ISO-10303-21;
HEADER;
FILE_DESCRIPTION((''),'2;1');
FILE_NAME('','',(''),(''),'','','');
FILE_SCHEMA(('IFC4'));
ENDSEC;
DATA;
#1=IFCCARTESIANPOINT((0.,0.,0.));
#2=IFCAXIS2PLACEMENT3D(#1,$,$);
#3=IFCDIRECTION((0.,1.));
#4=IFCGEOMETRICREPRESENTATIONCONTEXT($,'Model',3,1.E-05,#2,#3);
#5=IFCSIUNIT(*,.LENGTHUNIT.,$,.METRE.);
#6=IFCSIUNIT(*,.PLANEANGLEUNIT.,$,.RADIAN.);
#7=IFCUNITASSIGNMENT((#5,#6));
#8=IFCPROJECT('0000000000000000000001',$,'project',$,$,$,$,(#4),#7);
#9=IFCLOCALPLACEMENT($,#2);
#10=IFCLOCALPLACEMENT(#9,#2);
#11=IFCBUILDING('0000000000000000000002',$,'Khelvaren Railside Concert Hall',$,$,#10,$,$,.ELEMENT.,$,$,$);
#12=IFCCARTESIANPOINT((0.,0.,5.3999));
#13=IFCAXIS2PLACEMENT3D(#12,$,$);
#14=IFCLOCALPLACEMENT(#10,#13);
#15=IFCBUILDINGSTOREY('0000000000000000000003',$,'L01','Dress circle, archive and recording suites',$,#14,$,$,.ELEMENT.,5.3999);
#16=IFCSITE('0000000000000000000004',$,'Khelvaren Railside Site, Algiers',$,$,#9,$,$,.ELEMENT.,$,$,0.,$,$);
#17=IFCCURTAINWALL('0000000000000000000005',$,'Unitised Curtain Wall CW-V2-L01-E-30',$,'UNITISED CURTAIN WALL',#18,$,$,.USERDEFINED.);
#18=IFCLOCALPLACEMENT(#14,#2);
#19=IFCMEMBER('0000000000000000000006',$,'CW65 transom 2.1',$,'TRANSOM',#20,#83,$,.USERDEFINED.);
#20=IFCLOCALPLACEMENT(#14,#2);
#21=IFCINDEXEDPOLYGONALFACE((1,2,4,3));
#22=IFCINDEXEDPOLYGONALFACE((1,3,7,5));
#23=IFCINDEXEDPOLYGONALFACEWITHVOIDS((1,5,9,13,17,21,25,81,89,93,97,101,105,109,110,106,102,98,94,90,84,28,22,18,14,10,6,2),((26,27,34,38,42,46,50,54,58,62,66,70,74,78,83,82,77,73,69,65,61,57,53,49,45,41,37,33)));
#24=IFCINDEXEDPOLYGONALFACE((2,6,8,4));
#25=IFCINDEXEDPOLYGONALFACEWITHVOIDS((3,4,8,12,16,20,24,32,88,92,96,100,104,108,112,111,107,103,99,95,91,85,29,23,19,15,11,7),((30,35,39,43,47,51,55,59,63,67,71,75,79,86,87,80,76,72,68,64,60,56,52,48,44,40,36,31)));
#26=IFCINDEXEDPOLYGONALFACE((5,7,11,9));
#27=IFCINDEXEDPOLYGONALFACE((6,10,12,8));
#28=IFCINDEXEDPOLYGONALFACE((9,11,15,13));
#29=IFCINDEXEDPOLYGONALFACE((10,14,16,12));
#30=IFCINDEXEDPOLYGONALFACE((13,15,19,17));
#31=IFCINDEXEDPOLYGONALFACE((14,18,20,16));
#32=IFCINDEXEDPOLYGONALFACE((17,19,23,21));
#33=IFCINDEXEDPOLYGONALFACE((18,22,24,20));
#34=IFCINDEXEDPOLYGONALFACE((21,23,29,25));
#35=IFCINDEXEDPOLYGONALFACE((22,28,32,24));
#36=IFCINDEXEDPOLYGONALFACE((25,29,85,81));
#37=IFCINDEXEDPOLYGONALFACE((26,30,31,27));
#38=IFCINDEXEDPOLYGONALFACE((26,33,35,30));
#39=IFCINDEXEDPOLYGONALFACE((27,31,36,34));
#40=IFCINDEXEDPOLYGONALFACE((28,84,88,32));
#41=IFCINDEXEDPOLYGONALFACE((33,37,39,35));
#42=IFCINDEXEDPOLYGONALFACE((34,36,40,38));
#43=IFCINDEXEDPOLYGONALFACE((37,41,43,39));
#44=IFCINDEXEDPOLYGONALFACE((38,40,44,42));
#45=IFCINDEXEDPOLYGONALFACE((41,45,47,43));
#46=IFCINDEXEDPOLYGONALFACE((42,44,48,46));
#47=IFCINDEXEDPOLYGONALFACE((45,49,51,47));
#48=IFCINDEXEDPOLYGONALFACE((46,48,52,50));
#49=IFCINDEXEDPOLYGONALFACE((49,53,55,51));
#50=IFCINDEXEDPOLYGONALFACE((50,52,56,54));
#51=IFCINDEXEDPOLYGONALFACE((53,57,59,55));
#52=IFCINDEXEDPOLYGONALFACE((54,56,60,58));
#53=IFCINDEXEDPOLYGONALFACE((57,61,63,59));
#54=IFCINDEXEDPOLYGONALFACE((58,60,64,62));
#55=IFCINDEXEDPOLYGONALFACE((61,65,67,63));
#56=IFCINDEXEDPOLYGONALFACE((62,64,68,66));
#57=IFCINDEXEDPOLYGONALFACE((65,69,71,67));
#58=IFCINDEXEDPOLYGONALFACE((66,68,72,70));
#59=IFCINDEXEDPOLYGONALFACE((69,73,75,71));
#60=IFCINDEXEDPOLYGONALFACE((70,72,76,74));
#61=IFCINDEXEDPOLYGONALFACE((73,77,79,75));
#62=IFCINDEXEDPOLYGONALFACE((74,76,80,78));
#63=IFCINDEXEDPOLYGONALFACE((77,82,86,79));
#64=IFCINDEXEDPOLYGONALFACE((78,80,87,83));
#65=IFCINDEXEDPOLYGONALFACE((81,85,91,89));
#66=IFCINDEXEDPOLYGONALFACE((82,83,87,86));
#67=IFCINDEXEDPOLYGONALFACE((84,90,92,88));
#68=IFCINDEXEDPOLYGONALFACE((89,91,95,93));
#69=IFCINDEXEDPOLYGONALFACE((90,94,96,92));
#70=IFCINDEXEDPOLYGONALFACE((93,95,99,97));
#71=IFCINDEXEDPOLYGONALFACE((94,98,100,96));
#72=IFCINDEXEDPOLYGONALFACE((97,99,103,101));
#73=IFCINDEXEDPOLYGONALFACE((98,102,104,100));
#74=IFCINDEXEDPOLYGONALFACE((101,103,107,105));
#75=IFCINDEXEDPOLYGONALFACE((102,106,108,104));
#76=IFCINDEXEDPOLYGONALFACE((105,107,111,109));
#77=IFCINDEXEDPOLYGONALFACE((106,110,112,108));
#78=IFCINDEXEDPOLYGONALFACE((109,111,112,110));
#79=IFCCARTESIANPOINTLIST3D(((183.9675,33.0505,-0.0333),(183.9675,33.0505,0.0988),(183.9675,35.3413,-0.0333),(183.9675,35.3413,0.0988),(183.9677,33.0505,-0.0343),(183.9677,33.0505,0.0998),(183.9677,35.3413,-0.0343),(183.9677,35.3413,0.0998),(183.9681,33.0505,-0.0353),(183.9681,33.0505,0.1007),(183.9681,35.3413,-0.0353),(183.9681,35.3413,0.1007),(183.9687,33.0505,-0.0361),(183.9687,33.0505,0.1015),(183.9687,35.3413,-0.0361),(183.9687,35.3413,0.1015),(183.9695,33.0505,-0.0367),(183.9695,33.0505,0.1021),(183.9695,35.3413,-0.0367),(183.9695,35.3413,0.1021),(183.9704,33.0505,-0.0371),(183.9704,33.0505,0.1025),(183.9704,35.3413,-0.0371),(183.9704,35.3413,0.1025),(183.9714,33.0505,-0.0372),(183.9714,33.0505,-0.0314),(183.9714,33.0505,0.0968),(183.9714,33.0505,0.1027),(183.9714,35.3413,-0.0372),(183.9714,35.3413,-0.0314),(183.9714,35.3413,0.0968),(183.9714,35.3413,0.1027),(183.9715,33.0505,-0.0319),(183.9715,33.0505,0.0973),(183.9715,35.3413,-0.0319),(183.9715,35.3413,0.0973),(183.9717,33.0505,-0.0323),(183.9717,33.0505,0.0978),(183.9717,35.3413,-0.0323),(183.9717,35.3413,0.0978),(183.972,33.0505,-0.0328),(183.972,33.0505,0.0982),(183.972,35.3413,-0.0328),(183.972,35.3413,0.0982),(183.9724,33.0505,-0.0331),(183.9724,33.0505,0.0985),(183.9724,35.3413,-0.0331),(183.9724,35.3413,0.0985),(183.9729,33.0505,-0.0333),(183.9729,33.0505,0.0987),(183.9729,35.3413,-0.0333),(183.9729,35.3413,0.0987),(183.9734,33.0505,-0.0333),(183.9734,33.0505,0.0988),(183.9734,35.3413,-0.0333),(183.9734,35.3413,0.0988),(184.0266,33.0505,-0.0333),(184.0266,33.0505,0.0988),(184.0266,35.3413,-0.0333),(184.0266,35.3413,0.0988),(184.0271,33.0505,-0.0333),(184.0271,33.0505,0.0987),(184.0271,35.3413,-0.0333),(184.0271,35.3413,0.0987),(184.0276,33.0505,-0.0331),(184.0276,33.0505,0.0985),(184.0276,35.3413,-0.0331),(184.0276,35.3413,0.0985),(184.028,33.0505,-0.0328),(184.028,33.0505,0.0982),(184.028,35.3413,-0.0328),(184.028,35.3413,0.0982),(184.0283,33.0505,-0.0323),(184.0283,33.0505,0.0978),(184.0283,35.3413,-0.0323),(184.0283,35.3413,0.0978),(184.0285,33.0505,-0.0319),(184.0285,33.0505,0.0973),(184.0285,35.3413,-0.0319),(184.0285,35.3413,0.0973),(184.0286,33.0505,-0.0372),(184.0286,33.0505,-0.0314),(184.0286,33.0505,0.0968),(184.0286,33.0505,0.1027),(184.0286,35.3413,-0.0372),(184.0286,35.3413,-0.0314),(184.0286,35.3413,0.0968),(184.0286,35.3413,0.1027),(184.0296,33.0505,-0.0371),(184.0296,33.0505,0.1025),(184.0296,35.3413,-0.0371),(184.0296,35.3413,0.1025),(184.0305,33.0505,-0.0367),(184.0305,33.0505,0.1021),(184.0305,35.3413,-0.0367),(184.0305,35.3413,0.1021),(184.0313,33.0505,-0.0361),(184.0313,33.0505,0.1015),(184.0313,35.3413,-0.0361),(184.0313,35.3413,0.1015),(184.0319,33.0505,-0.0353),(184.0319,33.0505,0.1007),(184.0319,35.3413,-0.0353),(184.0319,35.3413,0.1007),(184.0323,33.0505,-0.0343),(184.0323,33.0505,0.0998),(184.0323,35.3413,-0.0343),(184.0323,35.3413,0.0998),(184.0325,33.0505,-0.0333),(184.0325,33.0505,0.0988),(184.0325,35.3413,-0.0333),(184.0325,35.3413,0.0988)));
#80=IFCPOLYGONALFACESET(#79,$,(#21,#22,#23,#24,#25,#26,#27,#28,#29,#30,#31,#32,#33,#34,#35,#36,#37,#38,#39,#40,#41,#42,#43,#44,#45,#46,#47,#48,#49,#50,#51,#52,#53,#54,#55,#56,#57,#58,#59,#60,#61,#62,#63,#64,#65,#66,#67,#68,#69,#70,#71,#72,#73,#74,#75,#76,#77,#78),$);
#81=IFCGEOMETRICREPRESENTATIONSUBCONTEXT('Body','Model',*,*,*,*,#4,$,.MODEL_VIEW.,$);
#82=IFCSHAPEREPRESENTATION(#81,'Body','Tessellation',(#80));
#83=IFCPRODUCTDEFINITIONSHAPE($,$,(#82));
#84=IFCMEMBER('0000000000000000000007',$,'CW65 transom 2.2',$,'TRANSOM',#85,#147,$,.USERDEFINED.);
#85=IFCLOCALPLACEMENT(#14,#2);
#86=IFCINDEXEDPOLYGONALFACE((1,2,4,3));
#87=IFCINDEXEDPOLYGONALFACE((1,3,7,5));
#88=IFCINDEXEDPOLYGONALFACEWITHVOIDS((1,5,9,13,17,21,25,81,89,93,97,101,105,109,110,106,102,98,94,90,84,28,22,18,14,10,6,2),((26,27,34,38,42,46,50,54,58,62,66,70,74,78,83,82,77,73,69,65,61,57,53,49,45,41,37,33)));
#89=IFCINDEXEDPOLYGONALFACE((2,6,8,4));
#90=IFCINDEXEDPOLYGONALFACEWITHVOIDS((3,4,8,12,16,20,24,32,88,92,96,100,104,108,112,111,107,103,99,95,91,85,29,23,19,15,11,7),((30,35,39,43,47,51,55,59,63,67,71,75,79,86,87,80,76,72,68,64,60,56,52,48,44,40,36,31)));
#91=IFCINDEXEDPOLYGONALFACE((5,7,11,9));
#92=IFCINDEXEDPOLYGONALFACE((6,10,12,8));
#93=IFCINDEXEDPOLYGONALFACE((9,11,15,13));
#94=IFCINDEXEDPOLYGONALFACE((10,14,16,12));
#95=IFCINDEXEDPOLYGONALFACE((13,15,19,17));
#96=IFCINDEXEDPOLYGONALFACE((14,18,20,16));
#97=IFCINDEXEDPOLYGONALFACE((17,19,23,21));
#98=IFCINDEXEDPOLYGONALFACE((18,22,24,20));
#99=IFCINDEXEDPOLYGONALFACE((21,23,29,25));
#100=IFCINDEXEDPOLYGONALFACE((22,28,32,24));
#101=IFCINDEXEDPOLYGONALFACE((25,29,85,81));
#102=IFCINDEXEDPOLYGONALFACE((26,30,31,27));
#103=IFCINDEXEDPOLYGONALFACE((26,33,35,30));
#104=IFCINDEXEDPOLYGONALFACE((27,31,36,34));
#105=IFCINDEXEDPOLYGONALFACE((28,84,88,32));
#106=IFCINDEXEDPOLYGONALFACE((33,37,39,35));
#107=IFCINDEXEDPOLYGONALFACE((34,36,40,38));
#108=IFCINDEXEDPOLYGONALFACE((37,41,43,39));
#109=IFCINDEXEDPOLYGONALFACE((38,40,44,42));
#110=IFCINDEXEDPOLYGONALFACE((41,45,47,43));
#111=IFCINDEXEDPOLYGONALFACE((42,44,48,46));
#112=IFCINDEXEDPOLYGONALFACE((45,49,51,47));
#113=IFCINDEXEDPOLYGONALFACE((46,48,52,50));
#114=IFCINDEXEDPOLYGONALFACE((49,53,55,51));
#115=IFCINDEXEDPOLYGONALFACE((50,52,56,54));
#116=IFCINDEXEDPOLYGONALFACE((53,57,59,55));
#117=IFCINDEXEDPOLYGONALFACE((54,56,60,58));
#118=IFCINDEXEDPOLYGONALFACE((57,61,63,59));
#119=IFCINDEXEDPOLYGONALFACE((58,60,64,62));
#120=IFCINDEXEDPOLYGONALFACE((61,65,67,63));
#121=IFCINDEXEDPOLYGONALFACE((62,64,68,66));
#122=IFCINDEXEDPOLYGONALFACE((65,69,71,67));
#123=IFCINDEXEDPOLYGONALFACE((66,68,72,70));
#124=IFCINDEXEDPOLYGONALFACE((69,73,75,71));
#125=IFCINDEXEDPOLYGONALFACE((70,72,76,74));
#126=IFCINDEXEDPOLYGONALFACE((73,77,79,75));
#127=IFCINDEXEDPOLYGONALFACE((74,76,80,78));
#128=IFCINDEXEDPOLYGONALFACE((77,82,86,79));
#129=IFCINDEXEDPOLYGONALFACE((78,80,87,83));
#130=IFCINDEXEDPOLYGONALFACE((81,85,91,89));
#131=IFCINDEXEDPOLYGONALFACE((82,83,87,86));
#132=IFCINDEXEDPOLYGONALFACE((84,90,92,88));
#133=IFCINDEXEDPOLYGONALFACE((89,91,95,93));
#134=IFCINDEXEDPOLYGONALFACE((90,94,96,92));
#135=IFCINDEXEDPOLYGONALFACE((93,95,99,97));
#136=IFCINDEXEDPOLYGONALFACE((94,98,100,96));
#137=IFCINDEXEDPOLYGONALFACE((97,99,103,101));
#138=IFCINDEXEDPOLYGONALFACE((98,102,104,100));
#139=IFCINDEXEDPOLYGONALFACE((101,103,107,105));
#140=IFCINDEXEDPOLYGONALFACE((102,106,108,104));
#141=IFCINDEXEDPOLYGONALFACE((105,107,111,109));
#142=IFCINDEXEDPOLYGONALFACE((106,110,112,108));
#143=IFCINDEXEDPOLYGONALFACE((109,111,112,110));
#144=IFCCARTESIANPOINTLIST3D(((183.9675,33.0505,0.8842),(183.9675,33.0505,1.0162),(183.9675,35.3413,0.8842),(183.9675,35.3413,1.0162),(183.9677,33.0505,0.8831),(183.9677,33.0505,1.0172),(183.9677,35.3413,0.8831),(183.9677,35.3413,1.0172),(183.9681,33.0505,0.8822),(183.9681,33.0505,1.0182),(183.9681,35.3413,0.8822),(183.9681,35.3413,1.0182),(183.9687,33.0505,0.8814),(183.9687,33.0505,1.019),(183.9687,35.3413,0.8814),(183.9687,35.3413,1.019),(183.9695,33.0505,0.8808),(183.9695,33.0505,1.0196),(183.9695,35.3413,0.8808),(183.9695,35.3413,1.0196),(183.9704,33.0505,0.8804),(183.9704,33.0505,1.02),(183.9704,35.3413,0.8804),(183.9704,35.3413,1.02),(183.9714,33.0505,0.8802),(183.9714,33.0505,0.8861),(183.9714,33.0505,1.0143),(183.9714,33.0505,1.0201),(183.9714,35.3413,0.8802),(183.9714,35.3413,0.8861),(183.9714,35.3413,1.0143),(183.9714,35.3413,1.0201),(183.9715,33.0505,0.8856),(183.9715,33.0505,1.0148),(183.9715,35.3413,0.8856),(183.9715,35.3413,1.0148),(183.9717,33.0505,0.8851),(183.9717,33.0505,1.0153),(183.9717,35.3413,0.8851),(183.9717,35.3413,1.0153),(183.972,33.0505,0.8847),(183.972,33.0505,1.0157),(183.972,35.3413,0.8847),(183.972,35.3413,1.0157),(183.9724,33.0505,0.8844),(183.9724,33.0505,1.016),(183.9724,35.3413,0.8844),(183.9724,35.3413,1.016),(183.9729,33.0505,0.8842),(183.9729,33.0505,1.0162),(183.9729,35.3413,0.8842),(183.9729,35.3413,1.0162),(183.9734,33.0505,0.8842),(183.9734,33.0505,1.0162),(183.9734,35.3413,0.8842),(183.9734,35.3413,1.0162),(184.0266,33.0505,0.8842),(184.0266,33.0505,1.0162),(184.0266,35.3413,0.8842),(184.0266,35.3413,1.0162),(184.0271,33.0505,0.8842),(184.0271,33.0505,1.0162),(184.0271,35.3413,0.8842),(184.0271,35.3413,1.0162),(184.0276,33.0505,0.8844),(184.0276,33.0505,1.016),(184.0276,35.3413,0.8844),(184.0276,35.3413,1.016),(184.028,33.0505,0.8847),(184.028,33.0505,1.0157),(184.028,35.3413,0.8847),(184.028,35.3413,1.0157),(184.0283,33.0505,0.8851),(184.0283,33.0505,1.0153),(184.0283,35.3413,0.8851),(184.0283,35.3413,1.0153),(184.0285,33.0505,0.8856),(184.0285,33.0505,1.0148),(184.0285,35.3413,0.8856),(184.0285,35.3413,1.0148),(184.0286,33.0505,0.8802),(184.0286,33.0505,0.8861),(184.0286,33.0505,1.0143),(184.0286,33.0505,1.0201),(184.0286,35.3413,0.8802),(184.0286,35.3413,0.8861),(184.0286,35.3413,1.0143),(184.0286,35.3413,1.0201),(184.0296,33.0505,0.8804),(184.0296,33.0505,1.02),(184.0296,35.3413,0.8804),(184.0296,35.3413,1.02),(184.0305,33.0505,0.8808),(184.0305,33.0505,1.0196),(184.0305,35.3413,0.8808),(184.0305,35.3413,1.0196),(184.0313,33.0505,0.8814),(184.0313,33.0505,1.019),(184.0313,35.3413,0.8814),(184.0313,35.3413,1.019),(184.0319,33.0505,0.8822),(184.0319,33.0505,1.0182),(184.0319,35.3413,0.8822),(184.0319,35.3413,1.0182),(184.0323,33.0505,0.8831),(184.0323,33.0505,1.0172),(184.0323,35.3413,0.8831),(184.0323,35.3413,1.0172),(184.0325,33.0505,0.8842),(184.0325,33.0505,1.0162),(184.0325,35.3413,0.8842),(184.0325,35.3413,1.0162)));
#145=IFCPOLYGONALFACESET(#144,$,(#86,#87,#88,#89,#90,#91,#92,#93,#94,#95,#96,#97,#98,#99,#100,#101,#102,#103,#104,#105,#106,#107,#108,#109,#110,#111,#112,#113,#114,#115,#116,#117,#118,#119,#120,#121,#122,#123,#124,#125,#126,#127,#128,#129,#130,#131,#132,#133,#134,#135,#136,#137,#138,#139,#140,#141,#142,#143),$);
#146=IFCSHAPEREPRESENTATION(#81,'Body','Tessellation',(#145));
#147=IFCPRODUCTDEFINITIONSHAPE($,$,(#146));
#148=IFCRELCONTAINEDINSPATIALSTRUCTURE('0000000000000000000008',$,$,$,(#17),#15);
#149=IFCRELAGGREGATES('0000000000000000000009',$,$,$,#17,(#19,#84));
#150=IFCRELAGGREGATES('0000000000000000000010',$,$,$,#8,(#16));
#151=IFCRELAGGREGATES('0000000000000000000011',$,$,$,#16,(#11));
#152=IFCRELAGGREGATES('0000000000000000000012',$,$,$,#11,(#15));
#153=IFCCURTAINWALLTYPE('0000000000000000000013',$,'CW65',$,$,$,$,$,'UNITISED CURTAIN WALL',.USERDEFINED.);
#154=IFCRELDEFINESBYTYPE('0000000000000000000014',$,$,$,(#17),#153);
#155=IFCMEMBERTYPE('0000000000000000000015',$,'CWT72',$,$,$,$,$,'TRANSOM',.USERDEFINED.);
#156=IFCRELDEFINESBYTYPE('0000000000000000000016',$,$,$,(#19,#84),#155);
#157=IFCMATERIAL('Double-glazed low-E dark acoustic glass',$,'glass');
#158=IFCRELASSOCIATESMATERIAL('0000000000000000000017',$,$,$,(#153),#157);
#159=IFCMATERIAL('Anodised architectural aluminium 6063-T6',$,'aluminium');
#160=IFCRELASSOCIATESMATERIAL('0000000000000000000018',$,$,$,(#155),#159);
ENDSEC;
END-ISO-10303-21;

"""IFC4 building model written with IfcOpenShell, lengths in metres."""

from ifc_helpers import new_model, si_unit, direction, frame, origin, origin_2d, place, context, subcontext, project, spatial, hollow_rectangle, extrude, material, material_profile, profile_set, type_object, element, aggregate, save


model = new_model("IFC4")

# Units and contexts
model_context = context("Model", 3, precision=1e-05, world=origin(), true_north=direction((0.0, 1.0)))
body_context = subcontext(model_context, "Body", "Model", "MODEL_VIEW")
ifc_project = project(units=[si_unit("LENGTHUNIT", "METRE"), si_unit("PLANEANGLEUNIT", "RADIAN")], contexts=[model_context])

# Site, building, storey
site_placement = place(None, origin())
site = spatial("IfcSite", under=ifc_project, at=site_placement, Name="Khelvaren Railside Site, Algiers", CompositionType="ELEMENT", RefElevation=0.0)
building_placement = place(site_placement, origin())
building = spatial("IfcBuilding", under=site, at=building_placement, Name="Khelvaren Railside Concert Hall", CompositionType="ELEMENT")
storey_placement = place(building_placement, frame((0.0, 0.0, 5.3999)))
storey = spatial("IfcBuildingStorey", under=building, at=storey_placement, Name="L01", Description="Dress circle, archive and recording suites", CompositionType="ELEMENT", Elevation=5.3999)

# Curtain wall, members
ifc_material_1 = material(Name="Double-glazed low-E dark acoustic glass", Category="glass")
curtain_wall_type = type_object("IfcCurtainWallType", Name="CW65", ElementType="UNITISED CURTAIN WALL", PredefinedType="USERDEFINED", material=ifc_material_1)
curtain_wall_placement = place(storey_placement, origin())
curtain_wall = element("IfcCurtainWall", 1, at=curtain_wall_placement, inside=storey, type_object=curtain_wall_type, Name="Unitised Curtain Wall CW-V2-L01-E-30", ObjectType="UNITISED CURTAIN WALL", PredefinedType="USERDEFINED")
ifc_material_2 = material(Name="Anodised architectural aluminium 6063-T6", Category="aluminium")
ifc_material_profile_1 = material_profile(ifc_material_2, hollow_rectangle(XDim=0.0649, YDim=0.1399, WallThickness=0.0039, InnerFilletRadius=0.002, OuterFilletRadius=0.0039, at=origin_2d()), Name="CWT 65x140x4")
ifc_profile_set_1 = profile_set([ifc_material_profile_1], Name="Anodised architectural aluminium 6063-T6")
member_type_1 = type_object("IfcMemberType", Name="CWT72", ElementType="TRANSOM", PredefinedType="USERDEFINED", material=ifc_profile_set_1)
member_1_placement = place(storey_placement, frame((184.0, 35.3413, 0.0327), z_axis=(0.0, -1.0, 0.0), x_axis=(1.0, 0.0, 0.0)))
member_1 = element("IfcMember", 2, at=member_1_placement, type_object=member_type_1, Name="CW65 transom 2.1", ObjectType="TRANSOM", PredefinedType="USERDEFINED", context=body_context, shape_type="SweptSolid", body=[
    extrude(hollow_rectangle(XDim=0.0649, YDim=0.1399, WallThickness=0.0039, InnerFilletRadius=0.002, OuterFilletRadius=0.0039, at=origin_2d()), origin(), (0.0, 0.0, 1.0), 2.2908),
])
member_2_placement = place(storey_placement, frame((184.0, 35.3413, 0.9502), z_axis=(0.0, -1.0, 0.0), x_axis=(1.0, 0.0, 0.0)))
member_2 = element("IfcMember", 3, at=member_2_placement, type_object=member_type_1, Name="CW65 transom 2.2", ObjectType="TRANSOM", PredefinedType="USERDEFINED", context=body_context, shape_type="SweptSolid", body=[
    extrude(hollow_rectangle(XDim=0.0649, YDim=0.1399, WallThickness=0.0039, InnerFilletRadius=0.002, OuterFilletRadius=0.0039, at=origin_2d()), origin(), (0.0, 0.0, 1.0), 2.2908),
])

aggregate(curtain_wall, [member_1, member_2])

save(model, "model.ifc")
